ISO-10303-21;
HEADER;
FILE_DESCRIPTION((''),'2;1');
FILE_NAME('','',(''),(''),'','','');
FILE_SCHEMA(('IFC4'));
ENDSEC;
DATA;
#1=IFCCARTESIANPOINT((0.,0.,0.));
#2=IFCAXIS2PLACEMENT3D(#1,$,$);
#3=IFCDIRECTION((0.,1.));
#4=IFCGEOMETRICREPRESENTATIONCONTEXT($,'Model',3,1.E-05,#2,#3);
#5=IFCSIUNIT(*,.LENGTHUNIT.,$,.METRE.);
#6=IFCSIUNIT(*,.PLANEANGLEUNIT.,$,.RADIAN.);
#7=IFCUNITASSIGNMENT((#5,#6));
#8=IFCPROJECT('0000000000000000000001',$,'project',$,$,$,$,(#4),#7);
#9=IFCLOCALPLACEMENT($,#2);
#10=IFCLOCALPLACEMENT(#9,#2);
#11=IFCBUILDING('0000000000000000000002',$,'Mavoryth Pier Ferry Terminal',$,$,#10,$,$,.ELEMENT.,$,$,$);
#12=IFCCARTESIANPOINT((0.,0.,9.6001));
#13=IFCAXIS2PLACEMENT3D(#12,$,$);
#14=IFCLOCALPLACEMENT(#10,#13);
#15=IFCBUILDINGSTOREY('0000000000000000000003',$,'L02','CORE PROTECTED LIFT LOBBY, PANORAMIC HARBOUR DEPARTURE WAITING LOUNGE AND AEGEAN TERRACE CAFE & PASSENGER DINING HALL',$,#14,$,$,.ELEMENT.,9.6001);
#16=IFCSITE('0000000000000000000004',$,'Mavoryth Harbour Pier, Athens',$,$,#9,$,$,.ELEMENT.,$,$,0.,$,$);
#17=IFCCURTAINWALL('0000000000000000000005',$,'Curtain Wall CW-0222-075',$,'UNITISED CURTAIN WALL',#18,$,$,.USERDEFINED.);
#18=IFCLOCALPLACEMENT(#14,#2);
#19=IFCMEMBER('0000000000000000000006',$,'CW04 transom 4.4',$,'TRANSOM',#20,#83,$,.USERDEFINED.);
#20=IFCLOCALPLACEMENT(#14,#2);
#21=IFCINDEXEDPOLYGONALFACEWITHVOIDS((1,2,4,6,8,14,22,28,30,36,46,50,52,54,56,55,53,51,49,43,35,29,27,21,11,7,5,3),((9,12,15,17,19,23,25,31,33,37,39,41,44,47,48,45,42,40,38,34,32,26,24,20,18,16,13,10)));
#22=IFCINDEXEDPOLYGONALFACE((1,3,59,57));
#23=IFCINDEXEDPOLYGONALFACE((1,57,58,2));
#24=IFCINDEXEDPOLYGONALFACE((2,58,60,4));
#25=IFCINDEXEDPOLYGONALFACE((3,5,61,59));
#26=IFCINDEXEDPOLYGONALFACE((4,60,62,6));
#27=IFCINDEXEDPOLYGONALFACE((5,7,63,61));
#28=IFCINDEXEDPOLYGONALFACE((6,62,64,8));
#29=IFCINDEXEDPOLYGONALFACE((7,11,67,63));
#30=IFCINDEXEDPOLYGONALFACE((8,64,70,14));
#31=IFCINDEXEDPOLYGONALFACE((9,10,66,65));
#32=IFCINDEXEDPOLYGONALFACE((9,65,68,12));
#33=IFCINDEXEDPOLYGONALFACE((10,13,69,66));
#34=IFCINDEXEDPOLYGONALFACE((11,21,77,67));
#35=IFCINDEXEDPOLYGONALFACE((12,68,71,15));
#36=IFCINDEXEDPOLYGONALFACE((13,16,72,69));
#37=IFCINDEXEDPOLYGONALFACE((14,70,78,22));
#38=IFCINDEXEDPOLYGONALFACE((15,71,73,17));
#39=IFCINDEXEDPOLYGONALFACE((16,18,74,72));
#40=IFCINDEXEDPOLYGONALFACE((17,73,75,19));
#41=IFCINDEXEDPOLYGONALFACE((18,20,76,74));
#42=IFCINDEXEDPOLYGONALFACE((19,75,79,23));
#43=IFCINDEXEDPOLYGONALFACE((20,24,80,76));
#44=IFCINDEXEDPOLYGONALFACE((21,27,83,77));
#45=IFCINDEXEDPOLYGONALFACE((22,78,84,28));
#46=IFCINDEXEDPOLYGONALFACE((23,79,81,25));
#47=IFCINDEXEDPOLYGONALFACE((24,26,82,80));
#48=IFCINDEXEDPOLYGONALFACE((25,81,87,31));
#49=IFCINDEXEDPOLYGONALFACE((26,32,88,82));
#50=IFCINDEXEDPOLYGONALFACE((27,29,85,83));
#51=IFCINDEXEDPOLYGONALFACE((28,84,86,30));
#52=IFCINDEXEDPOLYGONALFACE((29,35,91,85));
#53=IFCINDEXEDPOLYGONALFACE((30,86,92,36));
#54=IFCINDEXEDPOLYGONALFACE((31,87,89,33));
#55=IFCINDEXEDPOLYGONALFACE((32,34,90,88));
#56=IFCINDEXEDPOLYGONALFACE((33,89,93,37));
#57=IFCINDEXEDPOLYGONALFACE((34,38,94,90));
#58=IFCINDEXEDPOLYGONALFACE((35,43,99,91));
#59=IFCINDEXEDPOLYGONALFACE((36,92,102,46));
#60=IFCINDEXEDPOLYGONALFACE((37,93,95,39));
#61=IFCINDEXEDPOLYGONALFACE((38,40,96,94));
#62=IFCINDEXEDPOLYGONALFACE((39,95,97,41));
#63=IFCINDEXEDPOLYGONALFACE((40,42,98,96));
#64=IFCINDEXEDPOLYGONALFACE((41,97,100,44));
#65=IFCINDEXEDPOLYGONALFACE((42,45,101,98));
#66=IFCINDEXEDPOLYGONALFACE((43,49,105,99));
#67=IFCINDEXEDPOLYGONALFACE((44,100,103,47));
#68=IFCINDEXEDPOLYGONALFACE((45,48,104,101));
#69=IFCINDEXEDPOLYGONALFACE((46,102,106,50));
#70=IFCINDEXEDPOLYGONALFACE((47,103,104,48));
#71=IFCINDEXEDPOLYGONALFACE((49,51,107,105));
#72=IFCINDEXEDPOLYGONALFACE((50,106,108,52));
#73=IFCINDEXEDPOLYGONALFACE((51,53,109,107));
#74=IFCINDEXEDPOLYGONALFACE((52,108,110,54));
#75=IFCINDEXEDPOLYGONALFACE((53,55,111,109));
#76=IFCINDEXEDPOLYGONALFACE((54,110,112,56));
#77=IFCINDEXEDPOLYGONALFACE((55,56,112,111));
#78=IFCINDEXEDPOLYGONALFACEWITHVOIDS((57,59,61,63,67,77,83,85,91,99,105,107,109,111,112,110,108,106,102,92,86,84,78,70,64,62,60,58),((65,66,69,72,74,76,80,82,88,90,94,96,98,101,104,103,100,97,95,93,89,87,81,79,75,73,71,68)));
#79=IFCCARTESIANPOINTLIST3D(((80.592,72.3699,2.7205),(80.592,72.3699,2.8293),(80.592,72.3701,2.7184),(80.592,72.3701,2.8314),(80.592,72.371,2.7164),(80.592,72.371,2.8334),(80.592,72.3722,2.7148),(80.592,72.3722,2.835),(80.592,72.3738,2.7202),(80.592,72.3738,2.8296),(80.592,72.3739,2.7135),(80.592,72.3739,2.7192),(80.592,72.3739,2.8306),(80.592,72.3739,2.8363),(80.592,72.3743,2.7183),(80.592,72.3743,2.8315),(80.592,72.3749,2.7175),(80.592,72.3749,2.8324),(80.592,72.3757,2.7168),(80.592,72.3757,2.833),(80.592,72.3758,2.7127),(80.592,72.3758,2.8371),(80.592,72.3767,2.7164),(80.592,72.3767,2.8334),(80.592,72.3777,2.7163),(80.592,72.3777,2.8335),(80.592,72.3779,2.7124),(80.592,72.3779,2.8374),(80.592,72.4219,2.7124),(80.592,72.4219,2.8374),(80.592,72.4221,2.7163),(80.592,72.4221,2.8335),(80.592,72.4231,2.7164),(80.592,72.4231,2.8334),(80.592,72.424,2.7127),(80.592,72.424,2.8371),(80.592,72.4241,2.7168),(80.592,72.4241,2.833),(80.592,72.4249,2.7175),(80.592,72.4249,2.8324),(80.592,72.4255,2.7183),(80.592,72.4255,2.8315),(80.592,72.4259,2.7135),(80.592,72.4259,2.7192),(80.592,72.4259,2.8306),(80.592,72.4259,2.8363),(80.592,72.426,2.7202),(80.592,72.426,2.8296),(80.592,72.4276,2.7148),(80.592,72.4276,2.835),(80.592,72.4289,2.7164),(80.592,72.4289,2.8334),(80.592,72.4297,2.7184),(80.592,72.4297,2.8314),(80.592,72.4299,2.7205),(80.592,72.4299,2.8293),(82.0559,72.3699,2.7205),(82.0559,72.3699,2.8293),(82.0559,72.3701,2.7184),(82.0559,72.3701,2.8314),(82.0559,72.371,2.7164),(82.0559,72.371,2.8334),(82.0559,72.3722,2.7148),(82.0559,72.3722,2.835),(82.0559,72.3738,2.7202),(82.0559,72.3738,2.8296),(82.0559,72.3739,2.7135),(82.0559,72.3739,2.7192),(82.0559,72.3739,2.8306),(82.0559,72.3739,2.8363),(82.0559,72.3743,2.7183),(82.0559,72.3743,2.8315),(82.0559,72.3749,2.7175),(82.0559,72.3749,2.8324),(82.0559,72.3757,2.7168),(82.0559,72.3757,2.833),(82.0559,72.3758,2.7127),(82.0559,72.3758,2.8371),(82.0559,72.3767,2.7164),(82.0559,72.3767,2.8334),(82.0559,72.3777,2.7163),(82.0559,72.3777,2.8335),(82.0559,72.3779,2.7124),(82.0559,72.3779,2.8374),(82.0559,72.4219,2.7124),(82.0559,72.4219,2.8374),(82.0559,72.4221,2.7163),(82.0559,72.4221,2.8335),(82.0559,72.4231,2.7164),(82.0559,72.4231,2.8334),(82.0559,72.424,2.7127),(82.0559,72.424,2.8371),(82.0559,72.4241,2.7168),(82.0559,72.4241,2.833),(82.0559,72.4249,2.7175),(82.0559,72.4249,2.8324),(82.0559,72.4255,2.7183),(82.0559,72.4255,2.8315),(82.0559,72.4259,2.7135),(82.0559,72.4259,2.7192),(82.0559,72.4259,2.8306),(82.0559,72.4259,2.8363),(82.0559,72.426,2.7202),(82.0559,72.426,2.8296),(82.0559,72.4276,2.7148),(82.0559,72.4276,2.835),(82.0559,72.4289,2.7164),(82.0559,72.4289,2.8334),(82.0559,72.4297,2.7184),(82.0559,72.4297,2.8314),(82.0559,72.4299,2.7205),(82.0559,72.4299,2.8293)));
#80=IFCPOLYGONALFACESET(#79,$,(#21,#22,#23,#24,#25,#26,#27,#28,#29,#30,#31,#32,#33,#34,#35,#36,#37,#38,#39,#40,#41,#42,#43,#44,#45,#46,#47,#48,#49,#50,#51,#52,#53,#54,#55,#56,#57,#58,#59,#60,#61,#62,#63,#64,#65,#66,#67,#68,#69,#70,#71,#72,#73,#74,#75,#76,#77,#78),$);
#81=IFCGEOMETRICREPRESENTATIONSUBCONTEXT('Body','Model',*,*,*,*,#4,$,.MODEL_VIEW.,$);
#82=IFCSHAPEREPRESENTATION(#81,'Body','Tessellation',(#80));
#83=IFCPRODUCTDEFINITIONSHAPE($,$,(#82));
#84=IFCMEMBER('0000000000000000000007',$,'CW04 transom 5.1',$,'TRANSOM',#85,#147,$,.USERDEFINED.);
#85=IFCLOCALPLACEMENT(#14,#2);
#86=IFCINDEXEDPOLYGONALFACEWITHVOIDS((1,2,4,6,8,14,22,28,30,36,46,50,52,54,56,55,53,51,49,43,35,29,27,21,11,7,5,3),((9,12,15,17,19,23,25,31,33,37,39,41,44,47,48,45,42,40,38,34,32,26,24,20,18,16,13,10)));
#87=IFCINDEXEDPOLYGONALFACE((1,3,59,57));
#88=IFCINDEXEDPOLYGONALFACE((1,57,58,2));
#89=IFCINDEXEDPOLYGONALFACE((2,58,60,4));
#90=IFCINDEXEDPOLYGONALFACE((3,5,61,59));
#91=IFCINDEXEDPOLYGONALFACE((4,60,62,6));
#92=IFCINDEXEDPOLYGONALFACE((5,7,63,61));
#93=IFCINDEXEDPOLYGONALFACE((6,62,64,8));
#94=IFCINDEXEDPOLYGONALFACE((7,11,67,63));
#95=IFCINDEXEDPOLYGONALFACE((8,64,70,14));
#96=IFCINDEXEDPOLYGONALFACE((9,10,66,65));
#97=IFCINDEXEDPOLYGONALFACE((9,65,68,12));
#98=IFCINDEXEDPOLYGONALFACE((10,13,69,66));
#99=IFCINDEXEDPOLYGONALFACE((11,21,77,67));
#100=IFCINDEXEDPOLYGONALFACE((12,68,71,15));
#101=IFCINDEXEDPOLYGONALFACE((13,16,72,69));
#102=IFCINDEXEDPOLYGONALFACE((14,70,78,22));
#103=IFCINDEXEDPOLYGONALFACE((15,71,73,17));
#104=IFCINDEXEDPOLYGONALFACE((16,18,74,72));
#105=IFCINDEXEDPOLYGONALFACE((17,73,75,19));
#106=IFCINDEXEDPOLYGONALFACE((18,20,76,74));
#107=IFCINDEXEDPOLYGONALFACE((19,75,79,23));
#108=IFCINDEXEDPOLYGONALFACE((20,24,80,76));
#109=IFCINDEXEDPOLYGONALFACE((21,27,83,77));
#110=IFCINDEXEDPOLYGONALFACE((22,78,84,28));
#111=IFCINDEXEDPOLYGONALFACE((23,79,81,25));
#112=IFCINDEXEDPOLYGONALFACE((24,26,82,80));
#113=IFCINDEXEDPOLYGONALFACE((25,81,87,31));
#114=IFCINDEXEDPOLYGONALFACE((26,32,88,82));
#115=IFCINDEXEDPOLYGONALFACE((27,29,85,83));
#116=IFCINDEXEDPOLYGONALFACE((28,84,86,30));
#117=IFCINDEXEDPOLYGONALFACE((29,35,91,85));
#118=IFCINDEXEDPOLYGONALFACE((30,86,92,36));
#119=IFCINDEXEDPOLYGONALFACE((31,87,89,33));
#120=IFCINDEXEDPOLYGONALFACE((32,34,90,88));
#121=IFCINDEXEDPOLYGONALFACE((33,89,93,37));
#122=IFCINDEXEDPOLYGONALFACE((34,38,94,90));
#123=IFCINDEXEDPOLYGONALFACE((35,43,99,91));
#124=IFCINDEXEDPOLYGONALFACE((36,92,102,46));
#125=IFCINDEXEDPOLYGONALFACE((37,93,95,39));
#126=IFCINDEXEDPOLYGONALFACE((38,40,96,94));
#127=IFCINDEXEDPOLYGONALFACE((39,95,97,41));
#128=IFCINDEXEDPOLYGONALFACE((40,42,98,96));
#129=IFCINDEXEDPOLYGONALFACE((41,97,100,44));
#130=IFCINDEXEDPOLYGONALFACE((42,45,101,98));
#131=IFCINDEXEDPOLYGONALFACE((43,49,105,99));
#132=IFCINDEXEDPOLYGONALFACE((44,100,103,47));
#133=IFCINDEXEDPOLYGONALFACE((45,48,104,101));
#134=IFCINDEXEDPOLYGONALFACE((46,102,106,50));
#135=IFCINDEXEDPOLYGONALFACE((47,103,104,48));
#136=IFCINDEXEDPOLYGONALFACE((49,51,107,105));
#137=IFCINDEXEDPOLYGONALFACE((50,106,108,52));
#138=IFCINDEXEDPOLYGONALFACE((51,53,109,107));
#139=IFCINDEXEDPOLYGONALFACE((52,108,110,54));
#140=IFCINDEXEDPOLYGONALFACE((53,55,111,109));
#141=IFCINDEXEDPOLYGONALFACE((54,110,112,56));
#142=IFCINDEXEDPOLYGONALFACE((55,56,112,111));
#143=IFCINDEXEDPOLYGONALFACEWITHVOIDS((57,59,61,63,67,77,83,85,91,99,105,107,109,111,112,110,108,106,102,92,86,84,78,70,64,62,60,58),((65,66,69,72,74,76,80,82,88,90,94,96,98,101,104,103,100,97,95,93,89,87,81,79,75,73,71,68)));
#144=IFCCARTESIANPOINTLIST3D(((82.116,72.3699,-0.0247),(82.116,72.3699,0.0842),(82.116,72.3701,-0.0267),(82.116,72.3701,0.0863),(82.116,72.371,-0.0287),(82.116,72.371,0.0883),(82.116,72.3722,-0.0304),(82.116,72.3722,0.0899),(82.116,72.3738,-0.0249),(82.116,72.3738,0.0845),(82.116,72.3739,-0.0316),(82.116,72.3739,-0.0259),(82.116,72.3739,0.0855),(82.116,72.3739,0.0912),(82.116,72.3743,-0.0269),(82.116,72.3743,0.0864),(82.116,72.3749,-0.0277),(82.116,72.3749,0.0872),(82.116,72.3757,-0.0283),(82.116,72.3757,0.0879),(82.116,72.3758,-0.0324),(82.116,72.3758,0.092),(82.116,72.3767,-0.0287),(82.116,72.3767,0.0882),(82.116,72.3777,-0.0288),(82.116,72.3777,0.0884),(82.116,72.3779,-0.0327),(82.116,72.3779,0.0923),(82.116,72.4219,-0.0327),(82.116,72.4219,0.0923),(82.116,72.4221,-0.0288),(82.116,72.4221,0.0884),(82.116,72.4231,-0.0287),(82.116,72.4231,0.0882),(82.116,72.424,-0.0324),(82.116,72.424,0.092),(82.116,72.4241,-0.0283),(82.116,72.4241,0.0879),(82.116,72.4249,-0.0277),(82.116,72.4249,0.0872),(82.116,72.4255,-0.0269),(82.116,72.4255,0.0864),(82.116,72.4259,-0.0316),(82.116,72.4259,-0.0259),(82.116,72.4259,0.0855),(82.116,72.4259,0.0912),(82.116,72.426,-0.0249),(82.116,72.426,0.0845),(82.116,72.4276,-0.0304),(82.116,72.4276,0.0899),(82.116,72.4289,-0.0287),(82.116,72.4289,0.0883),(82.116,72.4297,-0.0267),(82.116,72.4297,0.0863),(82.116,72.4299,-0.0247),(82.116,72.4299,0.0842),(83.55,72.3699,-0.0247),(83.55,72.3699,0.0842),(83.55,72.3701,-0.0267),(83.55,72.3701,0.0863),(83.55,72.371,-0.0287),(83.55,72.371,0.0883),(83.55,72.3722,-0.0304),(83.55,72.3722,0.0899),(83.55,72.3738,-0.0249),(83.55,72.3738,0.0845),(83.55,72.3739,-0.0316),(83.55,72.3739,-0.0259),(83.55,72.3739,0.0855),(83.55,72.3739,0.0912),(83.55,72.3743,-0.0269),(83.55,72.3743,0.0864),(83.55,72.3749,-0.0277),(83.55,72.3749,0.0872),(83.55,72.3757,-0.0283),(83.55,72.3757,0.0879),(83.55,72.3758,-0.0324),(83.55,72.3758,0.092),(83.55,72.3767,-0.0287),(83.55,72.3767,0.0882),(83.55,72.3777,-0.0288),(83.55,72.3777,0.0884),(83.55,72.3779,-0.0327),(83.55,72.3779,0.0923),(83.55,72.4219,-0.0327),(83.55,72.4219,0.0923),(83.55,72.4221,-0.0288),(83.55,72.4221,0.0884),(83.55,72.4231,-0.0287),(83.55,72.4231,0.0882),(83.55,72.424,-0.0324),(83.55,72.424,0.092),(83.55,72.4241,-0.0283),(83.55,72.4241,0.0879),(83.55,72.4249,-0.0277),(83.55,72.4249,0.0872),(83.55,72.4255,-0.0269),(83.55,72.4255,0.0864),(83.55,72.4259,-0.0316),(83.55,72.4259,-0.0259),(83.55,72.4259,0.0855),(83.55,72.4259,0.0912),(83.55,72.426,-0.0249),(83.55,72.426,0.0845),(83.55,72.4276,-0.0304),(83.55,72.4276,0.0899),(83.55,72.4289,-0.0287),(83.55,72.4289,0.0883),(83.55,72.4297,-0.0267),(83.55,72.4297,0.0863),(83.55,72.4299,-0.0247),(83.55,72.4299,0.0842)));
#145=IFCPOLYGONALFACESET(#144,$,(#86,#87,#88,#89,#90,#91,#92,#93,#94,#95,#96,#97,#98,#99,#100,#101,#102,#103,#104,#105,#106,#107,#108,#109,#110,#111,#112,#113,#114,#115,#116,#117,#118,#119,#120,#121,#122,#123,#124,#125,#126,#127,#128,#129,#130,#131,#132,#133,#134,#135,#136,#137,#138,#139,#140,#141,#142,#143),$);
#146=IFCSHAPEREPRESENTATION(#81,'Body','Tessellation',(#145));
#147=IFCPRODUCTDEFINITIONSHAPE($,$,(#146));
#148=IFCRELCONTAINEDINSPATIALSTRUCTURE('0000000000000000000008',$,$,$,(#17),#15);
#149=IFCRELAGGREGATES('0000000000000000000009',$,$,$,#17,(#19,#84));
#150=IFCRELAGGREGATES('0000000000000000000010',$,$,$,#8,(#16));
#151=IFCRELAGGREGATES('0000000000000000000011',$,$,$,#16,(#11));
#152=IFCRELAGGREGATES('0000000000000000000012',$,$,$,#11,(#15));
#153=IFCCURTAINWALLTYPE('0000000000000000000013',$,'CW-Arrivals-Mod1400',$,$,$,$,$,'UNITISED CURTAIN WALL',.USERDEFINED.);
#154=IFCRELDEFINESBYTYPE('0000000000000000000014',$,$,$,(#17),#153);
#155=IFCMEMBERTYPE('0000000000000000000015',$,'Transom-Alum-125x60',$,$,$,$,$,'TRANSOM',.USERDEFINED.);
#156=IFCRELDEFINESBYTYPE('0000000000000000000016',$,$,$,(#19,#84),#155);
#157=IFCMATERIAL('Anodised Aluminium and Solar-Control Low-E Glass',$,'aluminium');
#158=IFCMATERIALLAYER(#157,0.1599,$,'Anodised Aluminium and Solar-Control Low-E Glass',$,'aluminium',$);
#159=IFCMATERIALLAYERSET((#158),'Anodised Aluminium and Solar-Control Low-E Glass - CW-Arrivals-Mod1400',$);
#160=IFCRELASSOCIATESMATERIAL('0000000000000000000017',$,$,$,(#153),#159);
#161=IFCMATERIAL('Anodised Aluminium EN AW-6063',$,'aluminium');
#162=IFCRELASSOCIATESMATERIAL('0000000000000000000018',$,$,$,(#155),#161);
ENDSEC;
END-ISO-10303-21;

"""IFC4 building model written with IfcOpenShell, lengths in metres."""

from ifc_helpers import new_model, si_unit, direction, frame, origin, origin_2d, place, context, subcontext, project, spatial, hollow_rectangle, extrude, material, layer, layer_set, material_profile, profile_set, type_object, element, aggregate, save


model = new_model("IFC4")

# Units and contexts
model_context = context("Model", 3, precision=1e-05, world=origin(), true_north=direction((0.0, 1.0)))
body_context = subcontext(model_context, "Body", "Model", "MODEL_VIEW")
ifc_project = project(units=[si_unit("LENGTHUNIT", "METRE"), si_unit("PLANEANGLEUNIT", "RADIAN")], contexts=[model_context])

# Site, building, storey
site_placement = place(None, origin())
site = spatial("IfcSite", under=ifc_project, at=site_placement, Name="Mavoryth Harbour Pier, Athens", CompositionType="ELEMENT", RefElevation=0.0)
building_placement = place(site_placement, origin())
building = spatial("IfcBuilding", under=site, at=building_placement, Name="Mavoryth Pier Ferry Terminal", CompositionType="ELEMENT")
storey_placement = place(building_placement, frame((0.0, 0.0, 9.6001)))
storey = spatial("IfcBuildingStorey", under=building, at=storey_placement, Name="L02", Description="CORE PROTECTED LIFT LOBBY, PANORAMIC HARBOUR DEPARTURE WAITING LOUNGE AND AEGEAN TERRACE CAFE & PASSENGER DINING HALL", CompositionType="ELEMENT", Elevation=9.6001)

# Curtain wall, members
ifc_material_1 = material(Name="Anodised Aluminium and Solar-Control Low-E Glass", Category="aluminium")
ifc_layer_1 = layer(ifc_material_1, 0.1599, Name="Anodised Aluminium and Solar-Control Low-E Glass", Category="aluminium")
ifc_layer_set_1 = layer_set([ifc_layer_1], Name="Anodised Aluminium and Solar-Control Low-E Glass - CW-Arrivals-Mod1400")
curtain_wall_type = type_object("IfcCurtainWallType", Name="CW-Arrivals-Mod1400", ElementType="UNITISED CURTAIN WALL", PredefinedType="USERDEFINED", material=ifc_layer_set_1)
curtain_wall_placement = place(storey_placement, origin())
curtain_wall = element("IfcCurtainWall", 1, at=curtain_wall_placement, inside=storey, type_object=curtain_wall_type, Name="Curtain Wall CW-0222-075", ObjectType="UNITISED CURTAIN WALL", PredefinedType="USERDEFINED")
ifc_material_2 = material(Name="Anodised Aluminium EN AW-6063", Category="aluminium")
ifc_material_profile_1 = material_profile(ifc_material_2, hollow_rectangle(XDim=0.0601, YDim=0.125, WallThickness=0.0039, InnerFilletRadius=0.0039, OuterFilletRadius=0.0081, at=origin_2d()), Name="AL-TRAN 125x60x4", Category="aluminium")
ifc_profile_set_1 = profile_set([ifc_material_profile_1], Name="Anodised Aluminium EN AW-6063 - AL-TRAN 125x60x4")
member_type_1 = type_object("IfcMemberType", Name="Transom-Alum-125x60", ElementType="TRANSOM", PredefinedType="USERDEFINED", material=ifc_profile_set_1)
member_1_placement = place(storey_placement, frame((80.592, 72.3999, 2.7749), z_axis=(1.0, 0.0, 0.0), x_axis=(0.0, 1.0, 0.0)))
member_1 = element("IfcMember", 2, at=member_1_placement, type_object=member_type_1, Name="CW04 transom 4.4", ObjectType="TRANSOM", PredefinedType="USERDEFINED", context=body_context, shape_type="SweptSolid", body=[
    extrude(hollow_rectangle(XDim=0.0601, YDim=0.125, WallThickness=0.0039, InnerFilletRadius=0.0039, OuterFilletRadius=0.0081, at=origin_2d()), origin(), (0.0, 0.0, 1.0), 1.4639),
])
member_2_placement = place(storey_placement, frame((82.116, 72.3999, 0.0298), z_axis=(1.0, 0.0, 0.0), x_axis=(0.0, 1.0, 0.0)))
member_2 = element("IfcMember", 3, at=member_2_placement, type_object=member_type_1, Name="CW04 transom 5.1", ObjectType="TRANSOM", PredefinedType="USERDEFINED", context=body_context, shape_type="SweptSolid", body=[
    extrude(hollow_rectangle(XDim=0.0601, YDim=0.125, WallThickness=0.0039, InnerFilletRadius=0.0039, OuterFilletRadius=0.0081, at=origin_2d()), origin(), (0.0, 0.0, 1.0), 1.4341),
])
aggregate(curtain_wall, [member_1, member_2])

save(model, "model.ifc")
